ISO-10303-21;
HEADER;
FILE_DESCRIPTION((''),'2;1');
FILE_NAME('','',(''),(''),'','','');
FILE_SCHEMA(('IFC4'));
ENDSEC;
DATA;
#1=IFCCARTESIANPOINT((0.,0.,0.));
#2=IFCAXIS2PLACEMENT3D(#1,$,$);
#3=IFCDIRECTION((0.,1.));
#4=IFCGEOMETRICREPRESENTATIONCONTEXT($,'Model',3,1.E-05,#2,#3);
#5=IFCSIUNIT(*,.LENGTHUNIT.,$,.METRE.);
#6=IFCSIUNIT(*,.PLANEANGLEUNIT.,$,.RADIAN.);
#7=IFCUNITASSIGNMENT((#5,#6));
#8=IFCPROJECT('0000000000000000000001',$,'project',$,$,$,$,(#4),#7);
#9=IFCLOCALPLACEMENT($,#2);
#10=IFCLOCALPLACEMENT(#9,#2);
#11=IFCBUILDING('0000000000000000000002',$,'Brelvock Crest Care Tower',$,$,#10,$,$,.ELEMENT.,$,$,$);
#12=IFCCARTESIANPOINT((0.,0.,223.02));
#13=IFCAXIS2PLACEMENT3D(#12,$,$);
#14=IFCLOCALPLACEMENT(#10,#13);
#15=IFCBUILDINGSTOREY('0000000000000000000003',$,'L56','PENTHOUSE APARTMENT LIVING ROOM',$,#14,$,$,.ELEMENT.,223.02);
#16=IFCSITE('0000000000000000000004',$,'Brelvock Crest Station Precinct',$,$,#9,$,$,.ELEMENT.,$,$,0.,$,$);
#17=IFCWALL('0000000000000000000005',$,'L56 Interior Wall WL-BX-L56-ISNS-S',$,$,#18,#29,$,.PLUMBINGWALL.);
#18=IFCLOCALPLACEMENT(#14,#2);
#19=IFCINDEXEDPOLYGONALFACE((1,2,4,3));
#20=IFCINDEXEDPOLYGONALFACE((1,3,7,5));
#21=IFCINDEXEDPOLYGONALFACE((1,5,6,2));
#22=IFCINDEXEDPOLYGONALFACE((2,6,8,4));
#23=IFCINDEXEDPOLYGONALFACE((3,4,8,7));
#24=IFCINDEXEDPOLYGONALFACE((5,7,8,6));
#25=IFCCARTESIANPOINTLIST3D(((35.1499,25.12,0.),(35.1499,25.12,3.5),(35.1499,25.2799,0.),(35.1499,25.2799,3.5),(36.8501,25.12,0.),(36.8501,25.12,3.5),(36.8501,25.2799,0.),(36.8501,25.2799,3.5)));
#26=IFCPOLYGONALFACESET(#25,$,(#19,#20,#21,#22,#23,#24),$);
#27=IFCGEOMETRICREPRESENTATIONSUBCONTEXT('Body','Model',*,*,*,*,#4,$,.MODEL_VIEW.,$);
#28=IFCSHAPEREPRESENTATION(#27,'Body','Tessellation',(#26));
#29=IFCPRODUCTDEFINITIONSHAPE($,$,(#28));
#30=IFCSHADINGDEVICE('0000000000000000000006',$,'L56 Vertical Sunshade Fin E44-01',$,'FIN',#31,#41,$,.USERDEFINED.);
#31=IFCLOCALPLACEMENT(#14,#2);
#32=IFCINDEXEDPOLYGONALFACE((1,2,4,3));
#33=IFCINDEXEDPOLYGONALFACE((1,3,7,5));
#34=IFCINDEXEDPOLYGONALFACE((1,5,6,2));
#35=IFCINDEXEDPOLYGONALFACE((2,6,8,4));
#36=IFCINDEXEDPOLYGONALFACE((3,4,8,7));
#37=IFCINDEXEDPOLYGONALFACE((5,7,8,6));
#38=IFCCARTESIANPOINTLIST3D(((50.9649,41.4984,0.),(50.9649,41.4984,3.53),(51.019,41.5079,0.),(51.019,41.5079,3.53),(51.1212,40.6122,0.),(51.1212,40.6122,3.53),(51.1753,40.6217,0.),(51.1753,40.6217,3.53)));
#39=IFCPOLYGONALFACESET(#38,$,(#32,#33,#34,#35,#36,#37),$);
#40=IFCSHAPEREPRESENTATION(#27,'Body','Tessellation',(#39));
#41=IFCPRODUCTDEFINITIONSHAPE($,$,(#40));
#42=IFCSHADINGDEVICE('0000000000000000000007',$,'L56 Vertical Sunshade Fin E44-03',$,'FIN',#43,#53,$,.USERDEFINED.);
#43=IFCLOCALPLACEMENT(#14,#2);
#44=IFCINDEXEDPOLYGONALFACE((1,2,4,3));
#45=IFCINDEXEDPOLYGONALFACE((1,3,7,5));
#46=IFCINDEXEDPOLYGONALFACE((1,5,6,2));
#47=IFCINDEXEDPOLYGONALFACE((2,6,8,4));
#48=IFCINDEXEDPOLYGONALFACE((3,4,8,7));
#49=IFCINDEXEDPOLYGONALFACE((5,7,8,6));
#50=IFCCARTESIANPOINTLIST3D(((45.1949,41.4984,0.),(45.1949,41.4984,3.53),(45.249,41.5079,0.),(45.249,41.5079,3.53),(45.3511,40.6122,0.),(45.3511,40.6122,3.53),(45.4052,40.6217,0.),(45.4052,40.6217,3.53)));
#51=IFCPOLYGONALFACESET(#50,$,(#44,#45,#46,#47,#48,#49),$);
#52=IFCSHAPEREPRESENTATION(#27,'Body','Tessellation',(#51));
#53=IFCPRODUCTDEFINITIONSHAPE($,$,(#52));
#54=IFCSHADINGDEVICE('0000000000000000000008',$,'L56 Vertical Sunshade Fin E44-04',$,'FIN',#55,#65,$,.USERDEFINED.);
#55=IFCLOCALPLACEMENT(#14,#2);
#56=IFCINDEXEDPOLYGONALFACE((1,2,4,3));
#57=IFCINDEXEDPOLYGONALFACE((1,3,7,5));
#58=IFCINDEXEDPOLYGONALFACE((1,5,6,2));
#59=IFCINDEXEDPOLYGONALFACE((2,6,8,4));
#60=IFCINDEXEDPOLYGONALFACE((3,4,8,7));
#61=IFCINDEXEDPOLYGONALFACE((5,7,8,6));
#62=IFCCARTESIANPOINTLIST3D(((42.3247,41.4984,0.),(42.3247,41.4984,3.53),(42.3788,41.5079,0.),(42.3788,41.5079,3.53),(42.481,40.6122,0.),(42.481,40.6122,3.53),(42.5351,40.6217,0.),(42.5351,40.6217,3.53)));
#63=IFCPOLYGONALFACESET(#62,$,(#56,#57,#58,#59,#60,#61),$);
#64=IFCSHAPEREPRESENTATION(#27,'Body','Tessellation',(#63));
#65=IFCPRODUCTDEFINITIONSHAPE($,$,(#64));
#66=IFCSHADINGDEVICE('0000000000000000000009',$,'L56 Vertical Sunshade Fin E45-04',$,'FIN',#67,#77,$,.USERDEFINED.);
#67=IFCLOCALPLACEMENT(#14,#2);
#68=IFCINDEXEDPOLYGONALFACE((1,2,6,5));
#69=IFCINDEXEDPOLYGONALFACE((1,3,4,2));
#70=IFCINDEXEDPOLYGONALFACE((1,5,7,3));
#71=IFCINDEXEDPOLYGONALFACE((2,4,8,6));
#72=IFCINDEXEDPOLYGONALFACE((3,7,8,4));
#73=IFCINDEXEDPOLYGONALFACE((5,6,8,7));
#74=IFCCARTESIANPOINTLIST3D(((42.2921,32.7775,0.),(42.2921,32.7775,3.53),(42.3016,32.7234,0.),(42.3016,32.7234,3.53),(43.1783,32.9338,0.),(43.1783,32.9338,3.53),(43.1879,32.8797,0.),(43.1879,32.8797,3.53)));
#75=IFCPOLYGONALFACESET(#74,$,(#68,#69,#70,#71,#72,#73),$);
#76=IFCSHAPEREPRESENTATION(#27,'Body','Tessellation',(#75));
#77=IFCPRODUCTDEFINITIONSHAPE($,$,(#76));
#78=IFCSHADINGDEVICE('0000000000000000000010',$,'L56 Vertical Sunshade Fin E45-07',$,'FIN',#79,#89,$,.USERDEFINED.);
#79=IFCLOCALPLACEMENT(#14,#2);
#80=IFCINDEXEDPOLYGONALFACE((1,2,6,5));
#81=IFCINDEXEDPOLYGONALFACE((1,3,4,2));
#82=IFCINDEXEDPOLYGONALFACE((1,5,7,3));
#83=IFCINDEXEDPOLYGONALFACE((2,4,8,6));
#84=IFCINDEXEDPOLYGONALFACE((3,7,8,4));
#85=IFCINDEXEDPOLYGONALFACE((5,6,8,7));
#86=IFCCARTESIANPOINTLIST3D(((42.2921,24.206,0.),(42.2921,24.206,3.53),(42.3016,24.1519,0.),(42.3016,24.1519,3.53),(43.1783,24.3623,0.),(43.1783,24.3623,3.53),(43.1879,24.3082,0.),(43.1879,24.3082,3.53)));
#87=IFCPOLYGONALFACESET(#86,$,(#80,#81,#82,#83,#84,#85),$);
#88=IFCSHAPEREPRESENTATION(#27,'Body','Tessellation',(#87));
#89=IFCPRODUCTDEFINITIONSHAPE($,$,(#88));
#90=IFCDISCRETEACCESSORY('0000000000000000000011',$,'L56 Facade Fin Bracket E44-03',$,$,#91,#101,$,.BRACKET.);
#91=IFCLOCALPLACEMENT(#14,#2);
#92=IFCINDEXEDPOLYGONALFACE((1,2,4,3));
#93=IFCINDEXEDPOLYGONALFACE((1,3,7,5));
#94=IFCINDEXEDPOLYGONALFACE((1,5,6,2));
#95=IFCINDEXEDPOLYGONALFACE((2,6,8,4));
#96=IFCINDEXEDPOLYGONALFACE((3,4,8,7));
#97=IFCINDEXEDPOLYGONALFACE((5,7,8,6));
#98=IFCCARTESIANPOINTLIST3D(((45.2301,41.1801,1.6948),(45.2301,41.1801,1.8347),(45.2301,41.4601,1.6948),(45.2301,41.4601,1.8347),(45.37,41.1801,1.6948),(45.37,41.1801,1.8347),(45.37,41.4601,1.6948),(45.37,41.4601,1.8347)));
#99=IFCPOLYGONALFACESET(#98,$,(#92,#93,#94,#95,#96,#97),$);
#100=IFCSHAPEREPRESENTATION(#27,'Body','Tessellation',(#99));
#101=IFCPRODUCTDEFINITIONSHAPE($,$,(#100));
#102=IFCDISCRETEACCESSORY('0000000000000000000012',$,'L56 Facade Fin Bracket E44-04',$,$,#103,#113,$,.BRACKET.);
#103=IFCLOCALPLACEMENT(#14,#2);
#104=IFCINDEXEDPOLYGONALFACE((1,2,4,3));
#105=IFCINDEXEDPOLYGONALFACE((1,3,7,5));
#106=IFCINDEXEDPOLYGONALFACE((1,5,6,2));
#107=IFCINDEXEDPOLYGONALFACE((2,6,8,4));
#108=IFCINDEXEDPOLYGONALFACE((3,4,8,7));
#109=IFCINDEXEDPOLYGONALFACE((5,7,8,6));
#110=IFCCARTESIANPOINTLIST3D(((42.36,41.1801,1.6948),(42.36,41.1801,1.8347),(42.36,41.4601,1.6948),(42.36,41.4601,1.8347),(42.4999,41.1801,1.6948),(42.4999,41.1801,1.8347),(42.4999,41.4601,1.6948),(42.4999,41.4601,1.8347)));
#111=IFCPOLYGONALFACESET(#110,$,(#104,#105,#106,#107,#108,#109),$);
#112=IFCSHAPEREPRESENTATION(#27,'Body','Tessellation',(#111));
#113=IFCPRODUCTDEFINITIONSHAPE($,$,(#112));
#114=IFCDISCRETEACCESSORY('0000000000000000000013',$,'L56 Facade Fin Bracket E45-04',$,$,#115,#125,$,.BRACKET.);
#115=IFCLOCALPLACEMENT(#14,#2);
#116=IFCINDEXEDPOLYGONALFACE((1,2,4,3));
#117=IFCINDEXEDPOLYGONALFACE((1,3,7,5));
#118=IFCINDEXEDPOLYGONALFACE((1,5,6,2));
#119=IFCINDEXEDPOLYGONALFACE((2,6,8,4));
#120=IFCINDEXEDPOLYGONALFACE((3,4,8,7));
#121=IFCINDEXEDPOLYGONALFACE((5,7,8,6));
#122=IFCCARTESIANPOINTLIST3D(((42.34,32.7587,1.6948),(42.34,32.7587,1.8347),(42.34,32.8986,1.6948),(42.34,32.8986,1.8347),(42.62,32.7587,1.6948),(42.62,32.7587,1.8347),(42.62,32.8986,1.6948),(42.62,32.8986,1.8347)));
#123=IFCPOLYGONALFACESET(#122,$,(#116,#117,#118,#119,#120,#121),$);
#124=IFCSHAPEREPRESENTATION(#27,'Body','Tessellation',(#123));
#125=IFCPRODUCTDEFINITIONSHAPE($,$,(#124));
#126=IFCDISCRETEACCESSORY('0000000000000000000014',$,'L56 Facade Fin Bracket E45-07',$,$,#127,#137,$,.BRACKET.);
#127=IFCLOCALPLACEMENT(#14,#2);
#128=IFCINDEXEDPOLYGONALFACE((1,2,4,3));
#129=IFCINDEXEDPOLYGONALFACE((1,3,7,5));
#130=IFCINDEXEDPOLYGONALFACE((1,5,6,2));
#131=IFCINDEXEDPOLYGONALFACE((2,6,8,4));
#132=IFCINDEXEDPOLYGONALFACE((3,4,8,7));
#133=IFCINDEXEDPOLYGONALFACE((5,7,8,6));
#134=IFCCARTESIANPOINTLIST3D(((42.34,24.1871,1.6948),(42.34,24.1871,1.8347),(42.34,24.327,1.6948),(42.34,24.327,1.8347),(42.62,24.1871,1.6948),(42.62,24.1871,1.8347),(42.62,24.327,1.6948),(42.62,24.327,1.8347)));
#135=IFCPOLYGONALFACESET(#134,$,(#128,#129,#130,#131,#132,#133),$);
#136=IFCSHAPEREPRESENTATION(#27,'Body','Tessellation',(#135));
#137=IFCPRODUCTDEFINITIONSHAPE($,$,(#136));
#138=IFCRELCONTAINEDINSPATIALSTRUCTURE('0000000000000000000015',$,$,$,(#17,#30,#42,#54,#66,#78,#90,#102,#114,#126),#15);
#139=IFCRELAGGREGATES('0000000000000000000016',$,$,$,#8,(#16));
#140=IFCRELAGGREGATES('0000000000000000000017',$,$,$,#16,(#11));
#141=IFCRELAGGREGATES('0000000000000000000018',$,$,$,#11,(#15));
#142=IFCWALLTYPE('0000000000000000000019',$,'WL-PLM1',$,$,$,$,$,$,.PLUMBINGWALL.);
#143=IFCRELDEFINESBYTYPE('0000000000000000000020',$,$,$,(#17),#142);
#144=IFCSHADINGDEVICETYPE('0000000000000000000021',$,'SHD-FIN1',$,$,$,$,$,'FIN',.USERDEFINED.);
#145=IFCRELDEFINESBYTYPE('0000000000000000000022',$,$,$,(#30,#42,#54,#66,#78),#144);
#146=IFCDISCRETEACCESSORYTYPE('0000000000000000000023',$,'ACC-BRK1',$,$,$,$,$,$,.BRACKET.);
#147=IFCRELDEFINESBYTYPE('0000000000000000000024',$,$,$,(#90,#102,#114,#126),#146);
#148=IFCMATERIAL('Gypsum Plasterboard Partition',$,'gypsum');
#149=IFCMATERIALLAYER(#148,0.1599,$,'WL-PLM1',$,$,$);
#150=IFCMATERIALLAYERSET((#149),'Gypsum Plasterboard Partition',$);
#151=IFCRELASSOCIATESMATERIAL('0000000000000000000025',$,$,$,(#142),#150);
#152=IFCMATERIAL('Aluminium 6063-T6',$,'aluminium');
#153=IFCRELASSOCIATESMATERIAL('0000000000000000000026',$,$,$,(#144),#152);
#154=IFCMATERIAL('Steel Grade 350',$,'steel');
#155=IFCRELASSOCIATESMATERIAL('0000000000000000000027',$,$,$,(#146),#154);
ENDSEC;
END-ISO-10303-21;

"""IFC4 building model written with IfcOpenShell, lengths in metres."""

from ifc_helpers import new_model, si_unit, direction, frame, frame_2d, origin, origin_2d, place, context, subcontext, project, spatial, rectangle, extrude, source, transform, mapped, material, layer, layer_set, material_profile, profile_set, type_object, element, save


model = new_model("IFC4")

# Units and contexts
model_context = context("Model", 3, precision=1e-05, world=origin(), true_north=direction((0.0, 1.0)))
body_context = subcontext(model_context, "Body", "Model", "MODEL_VIEW")
ifc_project = project(units=[si_unit("LENGTHUNIT", "METRE"), si_unit("PLANEANGLEUNIT", "RADIAN")], contexts=[model_context])

# Site, building, storey
site_placement = place(None, origin())
site = spatial("IfcSite", under=ifc_project, at=site_placement, Name="Brelvock Crest Station Precinct", CompositionType="ELEMENT", RefElevation=0.0)
building_placement = place(site_placement, origin())
building = spatial("IfcBuilding", under=site, at=building_placement, Name="Brelvock Crest Care Tower", CompositionType="ELEMENT")
storey_placement = place(building_placement, frame((0.0, 0.0, 223.02)))
storey = spatial("IfcBuildingStorey", under=building, at=storey_placement, Name="L56", Description="PENTHOUSE APARTMENT LIVING ROOM", CompositionType="ELEMENT", Elevation=223.02)

# Shared definitions
ifc_material_1 = material(Name="Aluminium 6063-T6", Category="aluminium")

# Wall
ifc_material_2 = material(Name="Gypsum Plasterboard Partition", Category="gypsum")
ifc_layer_1 = layer(ifc_material_2, 0.1599, Name="WL-PLM1")
ifc_layer_set_1 = layer_set([ifc_layer_1], Name="Gypsum Plasterboard Partition")
wall_type_1 = type_object("IfcWallType", Name="WL-PLM1", PredefinedType="PLUMBINGWALL", material=ifc_layer_set_1)
wall_1_placement = place(storey_placement, frame((35.1499, 25.2, 0.0), z_axis=(0.0, 0.0, 1.0), x_axis=(1.0, 0.0, 0.0)))
element("IfcWall", 1, at=wall_1_placement, inside=storey, type_object=wall_type_1, Name="L56 Interior Wall WL-BX-L56-ISNS-S", PredefinedType="PLUMBINGWALL", context=body_context, shape_type="SweptSolid", body=[
    extrude(rectangle(XDim=1.7002, YDim=0.1599, at=frame_2d((0.8501, 0.0))), origin(), (0.0, 0.0, 1.0), 3.5),
])

# Shading devices
ifc_material_profile_1 = material_profile(ifc_material_1, rectangle(XDim=0.0549, YDim=0.8999, at=origin_2d()), Name="FIN55x900")
ifc_profile_set_1 = profile_set([ifc_material_profile_1], Name="Aluminium 6063-T6")
shading_device_type = type_object("IfcShadingDeviceType", Name="SHD-FIN1", ElementType="FIN", PredefinedType="USERDEFINED", material=ifc_profile_set_1)
shared_shape_1 = source(origin(), body_context, "Body", "SweptSolid", [
    extrude(rectangle(XDim=0.0549, YDim=0.8999, at=origin_2d()), origin(), (0.0, 0.0, 1.0), 3.53),
])
for number, where, z_axis, x_axis, name in (
    (2, (51.0701, 41.0601, 0.0), (0.0, 0.0, 1.0), (-0.984808, -0.173648, 0.0), "L56 Vertical Sunshade Fin E44-01"),
    (3, (45.3, 41.0601, 0.0), (0.0, 0.0, 1.0), (-0.984808, -0.173648, 0.0), "L56 Vertical Sunshade Fin E44-03"),
    (4, (42.4299, 41.0601, 0.0), (0.0, 0.0, 1.0), (-0.984808, -0.173648, 0.0), "L56 Vertical Sunshade Fin E44-04"),
    (5, (42.74, 32.8286, 0.0), (0.0, 0.0, 1.0), (0.173648, -0.984808, 0.0), "L56 Vertical Sunshade Fin E45-04"),
    (6, (42.74, 24.2571, 0.0), (0.0, 0.0, 1.0), (0.173648, -0.984808, 0.0), "L56 Vertical Sunshade Fin E45-07"),
):
    element("IfcShadingDevice", number, at=place(storey_placement, frame(where, z_axis=z_axis, x_axis=x_axis)), inside=storey, type_object=shading_device_type, Name=name, ObjectType="FIN", PredefinedType="USERDEFINED", context=body_context, shape_type="MappedRepresentation", body=[
        mapped(shared_shape_1, transform((0.0, 0.0, 0.0), x_axis=(1.0, 0.0, 0.0), y_axis=(0.0, 1.0, 0.0), z_axis=(0.0, 0.0, 1.0), scale=1.0)),
    ])

# Discrete accessories
ifc_material_3 = material(Name="Steel Grade 350", Category="steel")
discrete_accessory_type = type_object("IfcDiscreteAccessoryType", Name="ACC-BRK1", PredefinedType="BRACKET", material=ifc_material_3)
shared_shape_2 = source(origin(), body_context, "Body", "SweptSolid", [
    extrude(rectangle(XDim=0.28, YDim=0.1399, at=origin_2d()), origin(), (0.0, 0.0, 1.0), 0.1399),
])
for number, where, z_axis, x_axis, name in (
    (7, (45.3, 41.3201, 1.6948), (0.0, 0.0, 1.0), (0.0, -1.0, 0.0), "L56 Facade Fin Bracket E44-03"),
    (8, (42.4299, 41.3201, 1.6948), (0.0, 0.0, 1.0), (0.0, -1.0, 0.0), "L56 Facade Fin Bracket E44-04"),
    (9, (42.48, 32.8286, 1.6948), (0.0, 0.0, 1.0), (1.0, 0.0, 0.0), "L56 Facade Fin Bracket E45-04"),
    (10, (42.48, 24.2571, 1.6948), (0.0, 0.0, 1.0), (1.0, 0.0, 0.0), "L56 Facade Fin Bracket E45-07"),
):
    element("IfcDiscreteAccessory", number, at=place(storey_placement, frame(where, z_axis=z_axis, x_axis=x_axis)), inside=storey, type_object=discrete_accessory_type, Name=name, PredefinedType="BRACKET", context=body_context, shape_type="MappedRepresentation", body=[
        mapped(shared_shape_2, transform((0.0, 0.0, 0.0), x_axis=(1.0, 0.0, 0.0), y_axis=(0.0, 1.0, 0.0), z_axis=(0.0, 0.0, 1.0), scale=1.0)),
    ])

save(model, "model.ifc")
